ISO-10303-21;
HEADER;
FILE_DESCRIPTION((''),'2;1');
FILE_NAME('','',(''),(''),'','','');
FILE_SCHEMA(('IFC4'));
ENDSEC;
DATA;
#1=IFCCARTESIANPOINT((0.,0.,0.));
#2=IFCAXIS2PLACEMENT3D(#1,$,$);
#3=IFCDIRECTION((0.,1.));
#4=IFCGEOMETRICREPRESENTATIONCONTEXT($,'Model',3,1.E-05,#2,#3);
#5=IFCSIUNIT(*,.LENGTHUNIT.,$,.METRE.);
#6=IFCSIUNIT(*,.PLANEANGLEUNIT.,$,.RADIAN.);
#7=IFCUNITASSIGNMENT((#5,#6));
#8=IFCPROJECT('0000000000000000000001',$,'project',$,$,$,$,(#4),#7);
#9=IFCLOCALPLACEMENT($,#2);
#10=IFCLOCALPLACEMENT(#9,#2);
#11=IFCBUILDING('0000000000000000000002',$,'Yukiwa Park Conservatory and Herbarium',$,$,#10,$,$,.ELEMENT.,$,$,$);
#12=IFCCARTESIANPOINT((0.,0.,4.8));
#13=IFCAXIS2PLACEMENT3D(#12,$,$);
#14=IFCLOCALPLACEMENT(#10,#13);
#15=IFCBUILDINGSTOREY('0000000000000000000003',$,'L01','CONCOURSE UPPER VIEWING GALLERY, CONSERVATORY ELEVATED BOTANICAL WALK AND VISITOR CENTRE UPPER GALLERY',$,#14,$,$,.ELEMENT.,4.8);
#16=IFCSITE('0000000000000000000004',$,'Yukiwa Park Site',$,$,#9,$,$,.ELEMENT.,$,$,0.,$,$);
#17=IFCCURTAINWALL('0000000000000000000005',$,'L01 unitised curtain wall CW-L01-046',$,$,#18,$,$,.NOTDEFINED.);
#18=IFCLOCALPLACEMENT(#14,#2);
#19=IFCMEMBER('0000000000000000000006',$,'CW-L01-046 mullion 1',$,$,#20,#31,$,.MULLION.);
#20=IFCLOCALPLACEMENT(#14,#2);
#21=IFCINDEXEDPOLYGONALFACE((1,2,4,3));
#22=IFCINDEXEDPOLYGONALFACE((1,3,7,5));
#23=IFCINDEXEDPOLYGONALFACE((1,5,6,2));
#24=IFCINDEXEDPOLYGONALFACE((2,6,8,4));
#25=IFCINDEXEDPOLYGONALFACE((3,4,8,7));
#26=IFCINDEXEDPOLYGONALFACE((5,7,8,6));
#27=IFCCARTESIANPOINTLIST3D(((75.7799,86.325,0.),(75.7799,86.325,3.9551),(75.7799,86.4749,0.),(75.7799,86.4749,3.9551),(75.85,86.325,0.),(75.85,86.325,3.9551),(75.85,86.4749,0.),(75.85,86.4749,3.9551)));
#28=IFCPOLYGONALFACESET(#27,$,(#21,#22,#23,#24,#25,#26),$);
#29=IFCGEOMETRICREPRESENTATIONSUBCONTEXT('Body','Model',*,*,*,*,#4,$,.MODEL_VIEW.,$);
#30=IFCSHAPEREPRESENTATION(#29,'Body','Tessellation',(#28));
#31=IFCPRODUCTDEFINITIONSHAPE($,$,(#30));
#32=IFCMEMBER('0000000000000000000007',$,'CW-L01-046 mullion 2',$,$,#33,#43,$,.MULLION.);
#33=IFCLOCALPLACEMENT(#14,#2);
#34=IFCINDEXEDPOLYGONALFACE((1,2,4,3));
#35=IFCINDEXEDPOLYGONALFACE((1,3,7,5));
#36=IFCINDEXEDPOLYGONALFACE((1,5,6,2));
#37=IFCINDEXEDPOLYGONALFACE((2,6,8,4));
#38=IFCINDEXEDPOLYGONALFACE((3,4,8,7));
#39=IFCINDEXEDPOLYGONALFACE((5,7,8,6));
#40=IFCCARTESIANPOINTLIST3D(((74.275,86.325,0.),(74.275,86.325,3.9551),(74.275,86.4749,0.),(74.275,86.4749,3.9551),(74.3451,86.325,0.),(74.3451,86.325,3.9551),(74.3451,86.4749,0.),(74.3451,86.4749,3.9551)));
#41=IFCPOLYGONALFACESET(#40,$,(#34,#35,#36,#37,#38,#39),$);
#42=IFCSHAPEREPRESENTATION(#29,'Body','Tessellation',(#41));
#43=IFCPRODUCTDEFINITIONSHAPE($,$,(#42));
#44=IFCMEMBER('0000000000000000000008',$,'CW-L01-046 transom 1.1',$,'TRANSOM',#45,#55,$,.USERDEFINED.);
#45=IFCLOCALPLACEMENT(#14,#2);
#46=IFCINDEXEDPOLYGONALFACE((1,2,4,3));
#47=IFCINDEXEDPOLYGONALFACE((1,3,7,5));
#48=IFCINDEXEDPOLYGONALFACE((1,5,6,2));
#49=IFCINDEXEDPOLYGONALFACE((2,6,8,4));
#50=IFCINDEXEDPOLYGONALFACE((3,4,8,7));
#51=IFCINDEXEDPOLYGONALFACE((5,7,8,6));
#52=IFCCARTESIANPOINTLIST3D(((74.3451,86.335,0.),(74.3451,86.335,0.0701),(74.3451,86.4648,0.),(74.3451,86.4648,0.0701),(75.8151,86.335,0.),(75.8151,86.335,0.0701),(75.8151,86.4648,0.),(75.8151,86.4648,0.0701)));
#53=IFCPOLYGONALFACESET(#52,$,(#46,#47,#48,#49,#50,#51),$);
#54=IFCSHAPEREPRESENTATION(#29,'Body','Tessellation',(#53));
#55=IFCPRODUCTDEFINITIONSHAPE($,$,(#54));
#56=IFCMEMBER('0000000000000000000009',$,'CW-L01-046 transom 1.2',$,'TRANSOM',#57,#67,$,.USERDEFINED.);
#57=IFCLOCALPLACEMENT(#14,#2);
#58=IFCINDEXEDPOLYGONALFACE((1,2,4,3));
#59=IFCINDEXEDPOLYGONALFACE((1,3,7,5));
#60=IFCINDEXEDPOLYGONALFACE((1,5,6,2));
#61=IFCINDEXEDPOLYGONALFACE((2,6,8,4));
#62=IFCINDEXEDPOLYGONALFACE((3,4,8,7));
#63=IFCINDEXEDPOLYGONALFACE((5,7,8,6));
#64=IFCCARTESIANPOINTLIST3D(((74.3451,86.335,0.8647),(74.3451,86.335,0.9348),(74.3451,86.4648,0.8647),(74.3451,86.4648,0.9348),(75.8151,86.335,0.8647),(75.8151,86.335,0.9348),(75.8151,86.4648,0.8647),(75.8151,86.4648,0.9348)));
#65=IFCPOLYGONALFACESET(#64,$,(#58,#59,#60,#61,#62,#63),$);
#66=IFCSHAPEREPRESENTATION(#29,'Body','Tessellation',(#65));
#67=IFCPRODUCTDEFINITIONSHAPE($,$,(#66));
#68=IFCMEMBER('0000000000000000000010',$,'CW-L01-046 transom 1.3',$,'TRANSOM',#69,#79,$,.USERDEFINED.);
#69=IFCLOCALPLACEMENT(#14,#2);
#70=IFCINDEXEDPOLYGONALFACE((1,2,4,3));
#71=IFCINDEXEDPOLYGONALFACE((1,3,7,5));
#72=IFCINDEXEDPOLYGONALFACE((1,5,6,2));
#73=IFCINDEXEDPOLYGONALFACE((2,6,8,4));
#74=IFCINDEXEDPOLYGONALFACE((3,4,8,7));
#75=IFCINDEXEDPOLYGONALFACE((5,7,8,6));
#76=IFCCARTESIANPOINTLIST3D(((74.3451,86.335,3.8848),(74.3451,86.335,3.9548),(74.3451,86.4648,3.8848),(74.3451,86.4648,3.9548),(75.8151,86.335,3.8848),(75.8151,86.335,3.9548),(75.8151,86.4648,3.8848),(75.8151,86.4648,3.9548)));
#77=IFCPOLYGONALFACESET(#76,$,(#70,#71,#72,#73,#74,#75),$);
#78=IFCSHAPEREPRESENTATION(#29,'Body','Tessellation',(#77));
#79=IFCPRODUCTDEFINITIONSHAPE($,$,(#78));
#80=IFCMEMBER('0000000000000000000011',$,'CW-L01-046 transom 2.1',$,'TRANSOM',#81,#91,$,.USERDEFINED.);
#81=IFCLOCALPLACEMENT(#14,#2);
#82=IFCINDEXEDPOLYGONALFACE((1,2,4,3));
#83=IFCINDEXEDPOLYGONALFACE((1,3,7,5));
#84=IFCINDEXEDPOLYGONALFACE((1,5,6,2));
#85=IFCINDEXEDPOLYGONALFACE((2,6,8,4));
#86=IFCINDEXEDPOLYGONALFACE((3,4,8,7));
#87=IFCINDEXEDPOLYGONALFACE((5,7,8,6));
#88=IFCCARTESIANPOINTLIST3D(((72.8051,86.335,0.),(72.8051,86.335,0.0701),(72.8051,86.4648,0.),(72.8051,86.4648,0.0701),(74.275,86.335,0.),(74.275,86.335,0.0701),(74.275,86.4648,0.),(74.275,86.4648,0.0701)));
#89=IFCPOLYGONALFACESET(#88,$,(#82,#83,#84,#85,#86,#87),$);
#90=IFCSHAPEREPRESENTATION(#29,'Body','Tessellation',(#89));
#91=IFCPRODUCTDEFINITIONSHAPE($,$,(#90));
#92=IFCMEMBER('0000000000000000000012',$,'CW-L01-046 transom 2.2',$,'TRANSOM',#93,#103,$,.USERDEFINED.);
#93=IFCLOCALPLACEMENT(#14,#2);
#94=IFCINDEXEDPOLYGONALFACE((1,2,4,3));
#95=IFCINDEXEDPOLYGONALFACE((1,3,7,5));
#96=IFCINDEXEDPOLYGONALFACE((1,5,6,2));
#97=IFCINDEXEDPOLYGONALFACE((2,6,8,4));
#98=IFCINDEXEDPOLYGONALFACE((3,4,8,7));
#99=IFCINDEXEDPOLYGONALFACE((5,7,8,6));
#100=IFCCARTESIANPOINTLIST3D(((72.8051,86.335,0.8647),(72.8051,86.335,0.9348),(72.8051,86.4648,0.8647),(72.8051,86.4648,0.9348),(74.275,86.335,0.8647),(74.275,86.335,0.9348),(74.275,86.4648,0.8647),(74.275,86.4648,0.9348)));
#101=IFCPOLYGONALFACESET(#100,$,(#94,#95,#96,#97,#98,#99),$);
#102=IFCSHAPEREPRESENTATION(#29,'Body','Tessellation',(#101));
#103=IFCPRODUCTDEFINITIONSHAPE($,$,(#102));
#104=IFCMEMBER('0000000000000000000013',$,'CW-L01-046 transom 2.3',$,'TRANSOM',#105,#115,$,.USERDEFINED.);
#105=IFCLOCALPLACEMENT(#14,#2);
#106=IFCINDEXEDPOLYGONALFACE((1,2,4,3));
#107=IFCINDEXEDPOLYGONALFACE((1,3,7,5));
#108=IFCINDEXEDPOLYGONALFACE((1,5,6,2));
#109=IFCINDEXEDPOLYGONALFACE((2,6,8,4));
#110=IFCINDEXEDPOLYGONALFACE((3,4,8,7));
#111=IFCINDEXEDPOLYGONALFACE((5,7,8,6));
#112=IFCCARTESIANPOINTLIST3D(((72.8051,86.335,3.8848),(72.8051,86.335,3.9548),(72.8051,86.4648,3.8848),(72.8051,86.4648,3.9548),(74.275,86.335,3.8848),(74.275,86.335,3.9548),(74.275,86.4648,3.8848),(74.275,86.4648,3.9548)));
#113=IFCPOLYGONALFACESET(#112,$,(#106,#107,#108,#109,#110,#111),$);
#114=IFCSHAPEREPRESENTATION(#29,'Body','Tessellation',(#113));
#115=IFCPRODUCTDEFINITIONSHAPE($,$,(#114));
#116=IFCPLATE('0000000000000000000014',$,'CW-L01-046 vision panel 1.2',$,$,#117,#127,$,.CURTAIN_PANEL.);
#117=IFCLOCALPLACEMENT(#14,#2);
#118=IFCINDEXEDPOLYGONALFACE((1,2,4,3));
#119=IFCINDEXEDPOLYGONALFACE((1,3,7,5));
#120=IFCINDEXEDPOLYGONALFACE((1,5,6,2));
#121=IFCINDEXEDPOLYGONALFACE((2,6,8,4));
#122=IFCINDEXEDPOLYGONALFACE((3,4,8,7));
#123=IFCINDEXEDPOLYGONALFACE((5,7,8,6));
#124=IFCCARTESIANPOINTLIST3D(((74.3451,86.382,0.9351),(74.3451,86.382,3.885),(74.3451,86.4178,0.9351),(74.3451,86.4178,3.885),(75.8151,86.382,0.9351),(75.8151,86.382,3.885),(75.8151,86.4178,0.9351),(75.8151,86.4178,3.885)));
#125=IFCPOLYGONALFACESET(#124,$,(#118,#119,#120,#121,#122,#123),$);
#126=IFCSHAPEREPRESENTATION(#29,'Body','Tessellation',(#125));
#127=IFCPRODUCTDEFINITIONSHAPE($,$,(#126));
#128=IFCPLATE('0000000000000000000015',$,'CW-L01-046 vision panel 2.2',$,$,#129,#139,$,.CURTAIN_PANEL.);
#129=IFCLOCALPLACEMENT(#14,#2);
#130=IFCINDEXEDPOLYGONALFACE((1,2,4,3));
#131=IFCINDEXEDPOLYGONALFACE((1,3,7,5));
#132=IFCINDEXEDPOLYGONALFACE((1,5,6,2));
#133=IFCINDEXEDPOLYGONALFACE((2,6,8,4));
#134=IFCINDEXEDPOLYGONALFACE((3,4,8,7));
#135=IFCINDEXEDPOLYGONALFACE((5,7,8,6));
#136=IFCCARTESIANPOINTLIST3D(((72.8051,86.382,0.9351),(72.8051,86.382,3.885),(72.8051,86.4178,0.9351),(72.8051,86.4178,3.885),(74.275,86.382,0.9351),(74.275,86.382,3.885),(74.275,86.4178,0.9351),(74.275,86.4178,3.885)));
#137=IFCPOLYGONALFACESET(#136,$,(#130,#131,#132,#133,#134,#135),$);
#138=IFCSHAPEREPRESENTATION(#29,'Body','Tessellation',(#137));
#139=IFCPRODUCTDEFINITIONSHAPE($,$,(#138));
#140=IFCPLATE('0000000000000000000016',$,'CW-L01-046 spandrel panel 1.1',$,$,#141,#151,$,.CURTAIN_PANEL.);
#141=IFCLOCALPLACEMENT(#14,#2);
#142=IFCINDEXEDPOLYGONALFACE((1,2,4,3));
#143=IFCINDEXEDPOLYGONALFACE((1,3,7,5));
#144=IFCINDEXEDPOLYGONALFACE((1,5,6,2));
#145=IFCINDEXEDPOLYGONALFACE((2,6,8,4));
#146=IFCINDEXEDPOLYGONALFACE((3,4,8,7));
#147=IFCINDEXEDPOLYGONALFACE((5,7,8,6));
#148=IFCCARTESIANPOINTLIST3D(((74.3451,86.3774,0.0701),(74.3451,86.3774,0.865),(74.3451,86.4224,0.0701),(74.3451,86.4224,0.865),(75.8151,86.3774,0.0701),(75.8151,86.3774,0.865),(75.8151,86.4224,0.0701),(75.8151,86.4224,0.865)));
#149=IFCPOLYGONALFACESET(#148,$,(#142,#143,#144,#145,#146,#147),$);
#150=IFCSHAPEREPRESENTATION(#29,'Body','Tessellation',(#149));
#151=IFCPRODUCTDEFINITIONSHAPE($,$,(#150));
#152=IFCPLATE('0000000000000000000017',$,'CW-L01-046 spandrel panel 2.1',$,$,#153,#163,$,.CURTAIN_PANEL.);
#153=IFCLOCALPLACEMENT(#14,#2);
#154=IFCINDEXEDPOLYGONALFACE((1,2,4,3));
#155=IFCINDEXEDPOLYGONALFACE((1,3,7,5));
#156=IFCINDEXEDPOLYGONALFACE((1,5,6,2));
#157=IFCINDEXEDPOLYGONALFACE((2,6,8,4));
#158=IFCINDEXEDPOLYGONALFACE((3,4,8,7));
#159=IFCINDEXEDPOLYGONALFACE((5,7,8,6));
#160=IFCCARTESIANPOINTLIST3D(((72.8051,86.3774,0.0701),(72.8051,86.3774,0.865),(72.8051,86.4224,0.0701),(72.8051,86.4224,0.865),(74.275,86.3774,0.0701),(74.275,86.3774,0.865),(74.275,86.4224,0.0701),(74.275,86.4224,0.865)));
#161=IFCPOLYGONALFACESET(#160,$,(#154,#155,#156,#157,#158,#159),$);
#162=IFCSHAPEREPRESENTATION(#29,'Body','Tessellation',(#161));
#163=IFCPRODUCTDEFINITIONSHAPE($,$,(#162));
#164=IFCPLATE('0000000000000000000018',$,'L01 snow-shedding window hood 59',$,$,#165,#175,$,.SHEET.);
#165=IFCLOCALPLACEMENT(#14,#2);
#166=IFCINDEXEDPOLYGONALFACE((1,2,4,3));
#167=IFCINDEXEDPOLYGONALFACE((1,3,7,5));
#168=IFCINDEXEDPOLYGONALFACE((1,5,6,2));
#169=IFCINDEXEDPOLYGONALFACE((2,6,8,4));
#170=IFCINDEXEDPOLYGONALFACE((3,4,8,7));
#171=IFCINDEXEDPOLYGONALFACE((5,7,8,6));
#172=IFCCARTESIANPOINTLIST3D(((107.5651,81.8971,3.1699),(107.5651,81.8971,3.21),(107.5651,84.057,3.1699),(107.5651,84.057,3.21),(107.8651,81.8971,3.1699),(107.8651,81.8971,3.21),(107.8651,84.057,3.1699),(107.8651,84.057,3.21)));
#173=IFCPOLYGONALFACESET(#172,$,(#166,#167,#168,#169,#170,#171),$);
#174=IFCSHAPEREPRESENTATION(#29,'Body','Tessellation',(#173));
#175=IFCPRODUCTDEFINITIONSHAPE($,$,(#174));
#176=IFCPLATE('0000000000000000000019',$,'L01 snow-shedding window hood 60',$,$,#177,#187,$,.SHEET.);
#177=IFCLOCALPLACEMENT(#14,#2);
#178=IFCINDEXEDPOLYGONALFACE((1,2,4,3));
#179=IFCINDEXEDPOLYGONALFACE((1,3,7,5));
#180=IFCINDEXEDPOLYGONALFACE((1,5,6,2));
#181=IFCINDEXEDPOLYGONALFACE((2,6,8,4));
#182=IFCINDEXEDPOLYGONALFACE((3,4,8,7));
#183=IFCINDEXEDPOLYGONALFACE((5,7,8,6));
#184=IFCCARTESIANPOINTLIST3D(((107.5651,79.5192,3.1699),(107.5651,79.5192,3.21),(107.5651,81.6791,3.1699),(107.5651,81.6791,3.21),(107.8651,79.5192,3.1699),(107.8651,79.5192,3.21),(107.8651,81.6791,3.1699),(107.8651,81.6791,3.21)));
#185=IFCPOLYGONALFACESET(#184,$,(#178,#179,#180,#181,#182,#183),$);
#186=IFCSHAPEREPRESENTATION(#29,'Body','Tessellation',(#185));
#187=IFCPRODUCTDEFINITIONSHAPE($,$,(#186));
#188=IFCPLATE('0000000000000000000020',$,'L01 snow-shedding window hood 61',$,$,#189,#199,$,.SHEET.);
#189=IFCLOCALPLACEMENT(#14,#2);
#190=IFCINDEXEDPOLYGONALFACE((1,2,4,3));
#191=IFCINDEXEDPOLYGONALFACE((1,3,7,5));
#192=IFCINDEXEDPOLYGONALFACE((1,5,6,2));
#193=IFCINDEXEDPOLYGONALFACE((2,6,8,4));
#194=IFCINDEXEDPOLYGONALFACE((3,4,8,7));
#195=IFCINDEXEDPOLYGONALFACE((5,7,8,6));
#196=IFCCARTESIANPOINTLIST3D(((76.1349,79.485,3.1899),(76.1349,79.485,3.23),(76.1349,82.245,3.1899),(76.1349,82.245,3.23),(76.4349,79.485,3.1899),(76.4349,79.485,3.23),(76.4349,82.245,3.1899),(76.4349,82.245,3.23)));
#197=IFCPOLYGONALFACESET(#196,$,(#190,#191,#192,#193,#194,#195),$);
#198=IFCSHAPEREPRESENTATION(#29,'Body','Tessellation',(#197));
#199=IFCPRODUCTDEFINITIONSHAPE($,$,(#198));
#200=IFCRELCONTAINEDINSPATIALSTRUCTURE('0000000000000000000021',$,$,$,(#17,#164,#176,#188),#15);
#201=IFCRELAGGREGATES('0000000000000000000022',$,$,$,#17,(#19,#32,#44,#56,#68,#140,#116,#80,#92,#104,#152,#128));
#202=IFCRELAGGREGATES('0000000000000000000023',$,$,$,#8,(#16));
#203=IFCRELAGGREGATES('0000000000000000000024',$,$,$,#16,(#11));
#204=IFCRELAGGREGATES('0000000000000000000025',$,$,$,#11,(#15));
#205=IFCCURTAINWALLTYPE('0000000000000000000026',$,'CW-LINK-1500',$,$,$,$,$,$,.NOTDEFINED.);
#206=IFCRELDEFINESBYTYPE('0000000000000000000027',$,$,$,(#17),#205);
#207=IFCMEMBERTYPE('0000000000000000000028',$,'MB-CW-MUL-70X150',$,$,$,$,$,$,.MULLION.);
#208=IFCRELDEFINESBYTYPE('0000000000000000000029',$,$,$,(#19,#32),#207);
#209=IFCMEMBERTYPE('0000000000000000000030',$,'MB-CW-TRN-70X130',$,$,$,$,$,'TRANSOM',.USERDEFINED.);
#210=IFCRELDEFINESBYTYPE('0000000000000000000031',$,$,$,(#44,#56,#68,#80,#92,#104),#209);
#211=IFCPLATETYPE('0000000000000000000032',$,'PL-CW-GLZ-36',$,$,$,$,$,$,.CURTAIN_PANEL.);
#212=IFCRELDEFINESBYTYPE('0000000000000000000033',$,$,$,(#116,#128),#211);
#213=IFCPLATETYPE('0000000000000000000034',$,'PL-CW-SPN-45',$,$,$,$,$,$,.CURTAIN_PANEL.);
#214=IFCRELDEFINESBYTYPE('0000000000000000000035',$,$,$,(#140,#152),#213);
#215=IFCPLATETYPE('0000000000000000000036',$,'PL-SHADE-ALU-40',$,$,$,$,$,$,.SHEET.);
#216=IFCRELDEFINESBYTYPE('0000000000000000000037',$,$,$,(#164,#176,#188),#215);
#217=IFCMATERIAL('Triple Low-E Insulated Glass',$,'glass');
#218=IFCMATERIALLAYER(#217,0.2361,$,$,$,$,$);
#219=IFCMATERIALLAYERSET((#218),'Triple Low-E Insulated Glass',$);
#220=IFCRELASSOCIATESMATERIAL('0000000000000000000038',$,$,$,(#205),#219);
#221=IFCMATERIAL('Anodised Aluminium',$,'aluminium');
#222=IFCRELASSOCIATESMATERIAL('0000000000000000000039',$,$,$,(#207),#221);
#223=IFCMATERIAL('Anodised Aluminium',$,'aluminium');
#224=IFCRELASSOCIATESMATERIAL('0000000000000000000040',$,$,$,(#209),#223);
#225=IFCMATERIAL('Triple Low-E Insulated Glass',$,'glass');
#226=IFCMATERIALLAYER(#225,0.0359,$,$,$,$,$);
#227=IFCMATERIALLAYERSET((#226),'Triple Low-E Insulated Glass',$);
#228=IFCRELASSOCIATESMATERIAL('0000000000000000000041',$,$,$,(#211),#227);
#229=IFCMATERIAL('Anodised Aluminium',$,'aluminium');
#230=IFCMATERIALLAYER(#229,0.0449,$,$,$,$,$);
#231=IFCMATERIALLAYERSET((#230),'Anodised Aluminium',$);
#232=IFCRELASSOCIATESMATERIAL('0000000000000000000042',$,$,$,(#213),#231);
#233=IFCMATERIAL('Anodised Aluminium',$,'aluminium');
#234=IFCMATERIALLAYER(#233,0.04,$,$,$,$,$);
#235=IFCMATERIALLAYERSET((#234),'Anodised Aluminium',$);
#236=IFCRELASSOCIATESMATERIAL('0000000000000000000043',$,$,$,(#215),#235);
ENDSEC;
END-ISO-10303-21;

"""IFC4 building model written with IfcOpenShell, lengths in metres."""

from ifc_helpers import new_model, si_unit, direction, frame, origin, origin_2d, place, context, subcontext, project, spatial, rectangle, extrude, material, layer, layer_set, type_object, element, aggregate, save


model = new_model("IFC4")

# Units and contexts
model_context = context("Model", 3, precision=1e-05, world=origin(), true_north=direction((0.0, 1.0)))
body_context = subcontext(model_context, "Body", "Model", "MODEL_VIEW")
ifc_project = project(units=[si_unit("LENGTHUNIT", "METRE"), si_unit("PLANEANGLEUNIT", "RADIAN")], contexts=[model_context])

# Site, building, storey
site_placement = place(None, origin())
site = spatial("IfcSite", under=ifc_project, at=site_placement, Name="Yukiwa Park Site", CompositionType="ELEMENT", RefElevation=0.0)
building_placement = place(site_placement, origin())
building = spatial("IfcBuilding", under=site, at=building_placement, Name="Yukiwa Park Conservatory and Herbarium", CompositionType="ELEMENT")
storey_placement = place(building_placement, frame((0.0, 0.0, 4.8)))
storey = spatial("IfcBuildingStorey", under=building, at=storey_placement, Name="L01", Description="CONCOURSE UPPER VIEWING GALLERY, CONSERVATORY ELEVATED BOTANICAL WALK AND VISITOR CENTRE UPPER GALLERY", CompositionType="ELEMENT", Elevation=4.8)

# Curtain wall, members, plates
ifc_material_1 = material(Name="Triple Low-E Insulated Glass", Category="glass")
ifc_layer_1 = layer(ifc_material_1, 0.2361)
ifc_layer_set_1 = layer_set([ifc_layer_1], Name="Triple Low-E Insulated Glass")
curtain_wall_type = type_object("IfcCurtainWallType", Name="CW-LINK-1500", PredefinedType="NOTDEFINED", material=ifc_layer_set_1)
curtain_wall_placement = place(storey_placement, origin())
curtain_wall = element("IfcCurtainWall", 1, at=curtain_wall_placement, inside=storey, type_object=curtain_wall_type, Name="L01 unitised curtain wall CW-L01-046", PredefinedType="NOTDEFINED")
ifc_material_2 = material(Name="Anodised Aluminium", Category="aluminium")
member_type_1 = type_object("IfcMemberType", Name="MB-CW-MUL-70X150", PredefinedType="MULLION", material=ifc_material_2)
member_1_placement = place(storey_placement, frame((75.8149, 86.3999, 0.0), z_axis=(0.0, 0.0, 1.0), x_axis=(-1.0, 0.0, 0.0)))
member_1 = element("IfcMember", 2, at=member_1_placement, type_object=member_type_1, Name="CW-L01-046 mullion 1", PredefinedType="MULLION", context=body_context, shape_type="SweptSolid", body=[
    extrude(rectangle(XDim=0.0701, YDim=0.1499, at=origin_2d()), origin(), (0.0, 0.0, 1.0), 3.9551),
])
member_2_placement = place(storey_placement, frame((74.3101, 86.3999, 0.0), z_axis=(0.0, 0.0, 1.0), x_axis=(-1.0, 0.0, 0.0)))
member_2 = element("IfcMember", 3, at=member_2_placement, type_object=member_type_1, Name="CW-L01-046 mullion 2", PredefinedType="MULLION", context=body_context, shape_type="SweptSolid", body=[
    extrude(rectangle(XDim=0.0701, YDim=0.1499, at=origin_2d()), origin(), (0.0, 0.0, 1.0), 3.9551),
])
ifc_material_3 = material(Name="Anodised Aluminium", Category="aluminium")
member_type_2 = type_object("IfcMemberType", Name="MB-CW-TRN-70X130", ElementType="TRANSOM", PredefinedType="USERDEFINED", material=ifc_material_3)
member_3_placement = place(storey_placement, frame((75.0801, 86.3999, 0.0), z_axis=(0.0, 0.0, 1.0), x_axis=(-1.0, 0.0, 0.0)))
member_3 = element("IfcMember", 4, at=member_3_placement, type_object=member_type_2, Name="CW-L01-046 transom 1.1", ObjectType="TRANSOM", PredefinedType="USERDEFINED", context=body_context, shape_type="SweptSolid", body=[
    extrude(rectangle(XDim=1.47, YDim=0.1299, at=origin_2d()), origin(), (0.0, 0.0, 1.0), 0.0701),
])
member_4_placement = place(storey_placement, frame((75.0801, 86.3999, 0.8647), z_axis=(0.0, 0.0, 1.0), x_axis=(-1.0, 0.0, 0.0)))
member_4 = element("IfcMember", 5, at=member_4_placement, type_object=member_type_2, Name="CW-L01-046 transom 1.2", ObjectType="TRANSOM", PredefinedType="USERDEFINED", context=body_context, shape_type="SweptSolid", body=[
    extrude(rectangle(XDim=1.47, YDim=0.1299, at=origin_2d()), origin(), (0.0, 0.0, 1.0), 0.0701),
])
member_5_placement = place(storey_placement, frame((75.0801, 86.3999, 3.8848), z_axis=(0.0, 0.0, 1.0), x_axis=(-1.0, 0.0, 0.0)))
member_5 = element("IfcMember", 6, at=member_5_placement, type_object=member_type_2, Name="CW-L01-046 transom 1.3", ObjectType="TRANSOM", PredefinedType="USERDEFINED", context=body_context, shape_type="SweptSolid", body=[
    extrude(rectangle(XDim=1.47, YDim=0.1299, at=origin_2d()), origin(), (0.0, 0.0, 1.0), 0.0701),
])
member_6_placement = place(storey_placement, frame((73.54, 86.3999, 0.0), z_axis=(0.0, 0.0, 1.0), x_axis=(-1.0, 0.0, 0.0)))
member_6 = element("IfcMember", 7, at=member_6_placement, type_object=member_type_2, Name="CW-L01-046 transom 2.1", ObjectType="TRANSOM", PredefinedType="USERDEFINED", context=body_context, shape_type="SweptSolid", body=[
    extrude(rectangle(XDim=1.47, YDim=0.1299, at=origin_2d()), origin(), (0.0, 0.0, 1.0), 0.0701),
])
member_7_placement = place(storey_placement, frame((73.54, 86.3999, 0.8647), z_axis=(0.0, 0.0, 1.0), x_axis=(-1.0, 0.0, 0.0)))
member_7 = element("IfcMember", 8, at=member_7_placement, type_object=member_type_2, Name="CW-L01-046 transom 2.2", ObjectType="TRANSOM", PredefinedType="USERDEFINED", context=body_context, shape_type="SweptSolid", body=[
    extrude(rectangle(XDim=1.47, YDim=0.1299, at=origin_2d()), origin(), (0.0, 0.0, 1.0), 0.0701),
])
member_8_placement = place(storey_placement, frame((73.54, 86.3999, 3.8848), z_axis=(0.0, 0.0, 1.0), x_axis=(-1.0, 0.0, 0.0)))
member_8 = element("IfcMember", 9, at=member_8_placement, type_object=member_type_2, Name="CW-L01-046 transom 2.3", ObjectType="TRANSOM", PredefinedType="USERDEFINED", context=body_context, shape_type="SweptSolid", body=[
    extrude(rectangle(XDim=1.47, YDim=0.1299, at=origin_2d()), origin(), (0.0, 0.0, 1.0), 0.0701),
])
ifc_material_4 = material(Name="Triple Low-E Insulated Glass", Category="glass")
ifc_layer_2 = layer(ifc_material_4, 0.0359)
ifc_layer_set_2 = layer_set([ifc_layer_2], Name="Triple Low-E Insulated Glass")
plate_type_1 = type_object("IfcPlateType", Name="PL-CW-GLZ-36", PredefinedType="CURTAIN_PANEL", material=ifc_layer_set_2)
plate_1_placement = place(storey_placement, frame((75.0801, 86.3999, 0.9351), z_axis=(0.0, 0.0, 1.0), x_axis=(-1.0, 0.0, 0.0)))
plate_1 = element("IfcPlate", 10, at=plate_1_placement, type_object=plate_type_1, Name="CW-L01-046 vision panel 1.2", PredefinedType="CURTAIN_PANEL", context=body_context, shape_type="SweptSolid", body=[
    extrude(rectangle(XDim=1.47, YDim=0.0359, at=origin_2d()), origin(), (0.0, 0.0, 1.0), 2.95),
])
plate_2_placement = place(storey_placement, frame((73.54, 86.3999, 0.9351), z_axis=(0.0, 0.0, 1.0), x_axis=(-1.0, 0.0, 0.0)))
plate_2 = element("IfcPlate", 11, at=plate_2_placement, type_object=plate_type_1, Name="CW-L01-046 vision panel 2.2", PredefinedType="CURTAIN_PANEL", context=body_context, shape_type="SweptSolid", body=[
    extrude(rectangle(XDim=1.47, YDim=0.0359, at=origin_2d()), origin(), (0.0, 0.0, 1.0), 2.95),
])
ifc_material_5 = material(Name="Anodised Aluminium", Category="aluminium")
ifc_layer_3 = layer(ifc_material_5, 0.0449)
ifc_layer_set_3 = layer_set([ifc_layer_3], Name="Anodised Aluminium")
plate_type_2 = type_object("IfcPlateType", Name="PL-CW-SPN-45", PredefinedType="CURTAIN_PANEL", material=ifc_layer_set_3)
plate_3_placement = place(storey_placement, frame((75.0801, 86.3999, 0.0701), z_axis=(0.0, 0.0, 1.0), x_axis=(-1.0, 0.0, 0.0)))
plate_3 = element("IfcPlate", 12, at=plate_3_placement, type_object=plate_type_2, Name="CW-L01-046 spandrel panel 1.1", PredefinedType="CURTAIN_PANEL", context=body_context, shape_type="SweptSolid", body=[
    extrude(rectangle(XDim=1.47, YDim=0.0449, at=origin_2d()), origin(), (0.0, 0.0, 1.0), 0.7949),
])
plate_4_placement = place(storey_placement, frame((73.54, 86.3999, 0.0701), z_axis=(0.0, 0.0, 1.0), x_axis=(-1.0, 0.0, 0.0)))
plate_4 = element("IfcPlate", 13, at=plate_4_placement, type_object=plate_type_2, Name="CW-L01-046 spandrel panel 2.1", PredefinedType="CURTAIN_PANEL", context=body_context, shape_type="SweptSolid", body=[
    extrude(rectangle(XDim=1.47, YDim=0.0449, at=origin_2d()), origin(), (0.0, 0.0, 1.0), 0.7949),
])
aggregate(curtain_wall, [member_1, member_2, member_3, member_4, member_5, plate_3, plate_1, member_6, member_7, member_8, plate_4, plate_2])

# Plates
ifc_material_6 = material(Name="Anodised Aluminium", Category="aluminium")
ifc_layer_4 = layer(ifc_material_6, 0.04)
ifc_layer_set_4 = layer_set([ifc_layer_4], Name="Anodised Aluminium")
plate_type_3 = type_object("IfcPlateType", Name="PL-SHADE-ALU-40", PredefinedType="SHEET", material=ifc_layer_set_4)
for number, where, z_axis, x_axis, name in (
    (14, (107.7151, 82.9771, 3.1699), (0.0, 0.0, 1.0), (0.0, -1.0, 0.0), "L01 snow-shedding window hood 59"),
    (15, (107.7151, 80.5991, 3.1699), (0.0, 0.0, 1.0), (0.0, -1.0, 0.0), "L01 snow-shedding window hood 60"),
):
    element("IfcPlate", number, at=place(storey_placement, frame(where, z_axis=z_axis, x_axis=x_axis)), inside=storey, type_object=plate_type_3, Name=name, PredefinedType="SHEET", context=body_context, shape_type="SweptSolid", body=[
        extrude(rectangle(XDim=2.1599, YDim=0.3, at=origin_2d()), origin(), (0.0, 0.0, 1.0), 0.04),
    ])
plate_5_placement = place(storey_placement, frame((76.2849, 80.865, 3.1899), z_axis=(0.0, 0.0, 1.0), x_axis=(0.0, 1.0, 0.0)))
element("IfcPlate", 16, at=plate_5_placement, inside=storey, type_object=plate_type_3, Name="L01 snow-shedding window hood 61", PredefinedType="SHEET", context=body_context, shape_type="SweptSolid", body=[
    extrude(rectangle(XDim=2.76, YDim=0.3, at=origin_2d()), origin(), (0.0, 0.0, 1.0), 0.04),
])

save(model, "model.ifc")
